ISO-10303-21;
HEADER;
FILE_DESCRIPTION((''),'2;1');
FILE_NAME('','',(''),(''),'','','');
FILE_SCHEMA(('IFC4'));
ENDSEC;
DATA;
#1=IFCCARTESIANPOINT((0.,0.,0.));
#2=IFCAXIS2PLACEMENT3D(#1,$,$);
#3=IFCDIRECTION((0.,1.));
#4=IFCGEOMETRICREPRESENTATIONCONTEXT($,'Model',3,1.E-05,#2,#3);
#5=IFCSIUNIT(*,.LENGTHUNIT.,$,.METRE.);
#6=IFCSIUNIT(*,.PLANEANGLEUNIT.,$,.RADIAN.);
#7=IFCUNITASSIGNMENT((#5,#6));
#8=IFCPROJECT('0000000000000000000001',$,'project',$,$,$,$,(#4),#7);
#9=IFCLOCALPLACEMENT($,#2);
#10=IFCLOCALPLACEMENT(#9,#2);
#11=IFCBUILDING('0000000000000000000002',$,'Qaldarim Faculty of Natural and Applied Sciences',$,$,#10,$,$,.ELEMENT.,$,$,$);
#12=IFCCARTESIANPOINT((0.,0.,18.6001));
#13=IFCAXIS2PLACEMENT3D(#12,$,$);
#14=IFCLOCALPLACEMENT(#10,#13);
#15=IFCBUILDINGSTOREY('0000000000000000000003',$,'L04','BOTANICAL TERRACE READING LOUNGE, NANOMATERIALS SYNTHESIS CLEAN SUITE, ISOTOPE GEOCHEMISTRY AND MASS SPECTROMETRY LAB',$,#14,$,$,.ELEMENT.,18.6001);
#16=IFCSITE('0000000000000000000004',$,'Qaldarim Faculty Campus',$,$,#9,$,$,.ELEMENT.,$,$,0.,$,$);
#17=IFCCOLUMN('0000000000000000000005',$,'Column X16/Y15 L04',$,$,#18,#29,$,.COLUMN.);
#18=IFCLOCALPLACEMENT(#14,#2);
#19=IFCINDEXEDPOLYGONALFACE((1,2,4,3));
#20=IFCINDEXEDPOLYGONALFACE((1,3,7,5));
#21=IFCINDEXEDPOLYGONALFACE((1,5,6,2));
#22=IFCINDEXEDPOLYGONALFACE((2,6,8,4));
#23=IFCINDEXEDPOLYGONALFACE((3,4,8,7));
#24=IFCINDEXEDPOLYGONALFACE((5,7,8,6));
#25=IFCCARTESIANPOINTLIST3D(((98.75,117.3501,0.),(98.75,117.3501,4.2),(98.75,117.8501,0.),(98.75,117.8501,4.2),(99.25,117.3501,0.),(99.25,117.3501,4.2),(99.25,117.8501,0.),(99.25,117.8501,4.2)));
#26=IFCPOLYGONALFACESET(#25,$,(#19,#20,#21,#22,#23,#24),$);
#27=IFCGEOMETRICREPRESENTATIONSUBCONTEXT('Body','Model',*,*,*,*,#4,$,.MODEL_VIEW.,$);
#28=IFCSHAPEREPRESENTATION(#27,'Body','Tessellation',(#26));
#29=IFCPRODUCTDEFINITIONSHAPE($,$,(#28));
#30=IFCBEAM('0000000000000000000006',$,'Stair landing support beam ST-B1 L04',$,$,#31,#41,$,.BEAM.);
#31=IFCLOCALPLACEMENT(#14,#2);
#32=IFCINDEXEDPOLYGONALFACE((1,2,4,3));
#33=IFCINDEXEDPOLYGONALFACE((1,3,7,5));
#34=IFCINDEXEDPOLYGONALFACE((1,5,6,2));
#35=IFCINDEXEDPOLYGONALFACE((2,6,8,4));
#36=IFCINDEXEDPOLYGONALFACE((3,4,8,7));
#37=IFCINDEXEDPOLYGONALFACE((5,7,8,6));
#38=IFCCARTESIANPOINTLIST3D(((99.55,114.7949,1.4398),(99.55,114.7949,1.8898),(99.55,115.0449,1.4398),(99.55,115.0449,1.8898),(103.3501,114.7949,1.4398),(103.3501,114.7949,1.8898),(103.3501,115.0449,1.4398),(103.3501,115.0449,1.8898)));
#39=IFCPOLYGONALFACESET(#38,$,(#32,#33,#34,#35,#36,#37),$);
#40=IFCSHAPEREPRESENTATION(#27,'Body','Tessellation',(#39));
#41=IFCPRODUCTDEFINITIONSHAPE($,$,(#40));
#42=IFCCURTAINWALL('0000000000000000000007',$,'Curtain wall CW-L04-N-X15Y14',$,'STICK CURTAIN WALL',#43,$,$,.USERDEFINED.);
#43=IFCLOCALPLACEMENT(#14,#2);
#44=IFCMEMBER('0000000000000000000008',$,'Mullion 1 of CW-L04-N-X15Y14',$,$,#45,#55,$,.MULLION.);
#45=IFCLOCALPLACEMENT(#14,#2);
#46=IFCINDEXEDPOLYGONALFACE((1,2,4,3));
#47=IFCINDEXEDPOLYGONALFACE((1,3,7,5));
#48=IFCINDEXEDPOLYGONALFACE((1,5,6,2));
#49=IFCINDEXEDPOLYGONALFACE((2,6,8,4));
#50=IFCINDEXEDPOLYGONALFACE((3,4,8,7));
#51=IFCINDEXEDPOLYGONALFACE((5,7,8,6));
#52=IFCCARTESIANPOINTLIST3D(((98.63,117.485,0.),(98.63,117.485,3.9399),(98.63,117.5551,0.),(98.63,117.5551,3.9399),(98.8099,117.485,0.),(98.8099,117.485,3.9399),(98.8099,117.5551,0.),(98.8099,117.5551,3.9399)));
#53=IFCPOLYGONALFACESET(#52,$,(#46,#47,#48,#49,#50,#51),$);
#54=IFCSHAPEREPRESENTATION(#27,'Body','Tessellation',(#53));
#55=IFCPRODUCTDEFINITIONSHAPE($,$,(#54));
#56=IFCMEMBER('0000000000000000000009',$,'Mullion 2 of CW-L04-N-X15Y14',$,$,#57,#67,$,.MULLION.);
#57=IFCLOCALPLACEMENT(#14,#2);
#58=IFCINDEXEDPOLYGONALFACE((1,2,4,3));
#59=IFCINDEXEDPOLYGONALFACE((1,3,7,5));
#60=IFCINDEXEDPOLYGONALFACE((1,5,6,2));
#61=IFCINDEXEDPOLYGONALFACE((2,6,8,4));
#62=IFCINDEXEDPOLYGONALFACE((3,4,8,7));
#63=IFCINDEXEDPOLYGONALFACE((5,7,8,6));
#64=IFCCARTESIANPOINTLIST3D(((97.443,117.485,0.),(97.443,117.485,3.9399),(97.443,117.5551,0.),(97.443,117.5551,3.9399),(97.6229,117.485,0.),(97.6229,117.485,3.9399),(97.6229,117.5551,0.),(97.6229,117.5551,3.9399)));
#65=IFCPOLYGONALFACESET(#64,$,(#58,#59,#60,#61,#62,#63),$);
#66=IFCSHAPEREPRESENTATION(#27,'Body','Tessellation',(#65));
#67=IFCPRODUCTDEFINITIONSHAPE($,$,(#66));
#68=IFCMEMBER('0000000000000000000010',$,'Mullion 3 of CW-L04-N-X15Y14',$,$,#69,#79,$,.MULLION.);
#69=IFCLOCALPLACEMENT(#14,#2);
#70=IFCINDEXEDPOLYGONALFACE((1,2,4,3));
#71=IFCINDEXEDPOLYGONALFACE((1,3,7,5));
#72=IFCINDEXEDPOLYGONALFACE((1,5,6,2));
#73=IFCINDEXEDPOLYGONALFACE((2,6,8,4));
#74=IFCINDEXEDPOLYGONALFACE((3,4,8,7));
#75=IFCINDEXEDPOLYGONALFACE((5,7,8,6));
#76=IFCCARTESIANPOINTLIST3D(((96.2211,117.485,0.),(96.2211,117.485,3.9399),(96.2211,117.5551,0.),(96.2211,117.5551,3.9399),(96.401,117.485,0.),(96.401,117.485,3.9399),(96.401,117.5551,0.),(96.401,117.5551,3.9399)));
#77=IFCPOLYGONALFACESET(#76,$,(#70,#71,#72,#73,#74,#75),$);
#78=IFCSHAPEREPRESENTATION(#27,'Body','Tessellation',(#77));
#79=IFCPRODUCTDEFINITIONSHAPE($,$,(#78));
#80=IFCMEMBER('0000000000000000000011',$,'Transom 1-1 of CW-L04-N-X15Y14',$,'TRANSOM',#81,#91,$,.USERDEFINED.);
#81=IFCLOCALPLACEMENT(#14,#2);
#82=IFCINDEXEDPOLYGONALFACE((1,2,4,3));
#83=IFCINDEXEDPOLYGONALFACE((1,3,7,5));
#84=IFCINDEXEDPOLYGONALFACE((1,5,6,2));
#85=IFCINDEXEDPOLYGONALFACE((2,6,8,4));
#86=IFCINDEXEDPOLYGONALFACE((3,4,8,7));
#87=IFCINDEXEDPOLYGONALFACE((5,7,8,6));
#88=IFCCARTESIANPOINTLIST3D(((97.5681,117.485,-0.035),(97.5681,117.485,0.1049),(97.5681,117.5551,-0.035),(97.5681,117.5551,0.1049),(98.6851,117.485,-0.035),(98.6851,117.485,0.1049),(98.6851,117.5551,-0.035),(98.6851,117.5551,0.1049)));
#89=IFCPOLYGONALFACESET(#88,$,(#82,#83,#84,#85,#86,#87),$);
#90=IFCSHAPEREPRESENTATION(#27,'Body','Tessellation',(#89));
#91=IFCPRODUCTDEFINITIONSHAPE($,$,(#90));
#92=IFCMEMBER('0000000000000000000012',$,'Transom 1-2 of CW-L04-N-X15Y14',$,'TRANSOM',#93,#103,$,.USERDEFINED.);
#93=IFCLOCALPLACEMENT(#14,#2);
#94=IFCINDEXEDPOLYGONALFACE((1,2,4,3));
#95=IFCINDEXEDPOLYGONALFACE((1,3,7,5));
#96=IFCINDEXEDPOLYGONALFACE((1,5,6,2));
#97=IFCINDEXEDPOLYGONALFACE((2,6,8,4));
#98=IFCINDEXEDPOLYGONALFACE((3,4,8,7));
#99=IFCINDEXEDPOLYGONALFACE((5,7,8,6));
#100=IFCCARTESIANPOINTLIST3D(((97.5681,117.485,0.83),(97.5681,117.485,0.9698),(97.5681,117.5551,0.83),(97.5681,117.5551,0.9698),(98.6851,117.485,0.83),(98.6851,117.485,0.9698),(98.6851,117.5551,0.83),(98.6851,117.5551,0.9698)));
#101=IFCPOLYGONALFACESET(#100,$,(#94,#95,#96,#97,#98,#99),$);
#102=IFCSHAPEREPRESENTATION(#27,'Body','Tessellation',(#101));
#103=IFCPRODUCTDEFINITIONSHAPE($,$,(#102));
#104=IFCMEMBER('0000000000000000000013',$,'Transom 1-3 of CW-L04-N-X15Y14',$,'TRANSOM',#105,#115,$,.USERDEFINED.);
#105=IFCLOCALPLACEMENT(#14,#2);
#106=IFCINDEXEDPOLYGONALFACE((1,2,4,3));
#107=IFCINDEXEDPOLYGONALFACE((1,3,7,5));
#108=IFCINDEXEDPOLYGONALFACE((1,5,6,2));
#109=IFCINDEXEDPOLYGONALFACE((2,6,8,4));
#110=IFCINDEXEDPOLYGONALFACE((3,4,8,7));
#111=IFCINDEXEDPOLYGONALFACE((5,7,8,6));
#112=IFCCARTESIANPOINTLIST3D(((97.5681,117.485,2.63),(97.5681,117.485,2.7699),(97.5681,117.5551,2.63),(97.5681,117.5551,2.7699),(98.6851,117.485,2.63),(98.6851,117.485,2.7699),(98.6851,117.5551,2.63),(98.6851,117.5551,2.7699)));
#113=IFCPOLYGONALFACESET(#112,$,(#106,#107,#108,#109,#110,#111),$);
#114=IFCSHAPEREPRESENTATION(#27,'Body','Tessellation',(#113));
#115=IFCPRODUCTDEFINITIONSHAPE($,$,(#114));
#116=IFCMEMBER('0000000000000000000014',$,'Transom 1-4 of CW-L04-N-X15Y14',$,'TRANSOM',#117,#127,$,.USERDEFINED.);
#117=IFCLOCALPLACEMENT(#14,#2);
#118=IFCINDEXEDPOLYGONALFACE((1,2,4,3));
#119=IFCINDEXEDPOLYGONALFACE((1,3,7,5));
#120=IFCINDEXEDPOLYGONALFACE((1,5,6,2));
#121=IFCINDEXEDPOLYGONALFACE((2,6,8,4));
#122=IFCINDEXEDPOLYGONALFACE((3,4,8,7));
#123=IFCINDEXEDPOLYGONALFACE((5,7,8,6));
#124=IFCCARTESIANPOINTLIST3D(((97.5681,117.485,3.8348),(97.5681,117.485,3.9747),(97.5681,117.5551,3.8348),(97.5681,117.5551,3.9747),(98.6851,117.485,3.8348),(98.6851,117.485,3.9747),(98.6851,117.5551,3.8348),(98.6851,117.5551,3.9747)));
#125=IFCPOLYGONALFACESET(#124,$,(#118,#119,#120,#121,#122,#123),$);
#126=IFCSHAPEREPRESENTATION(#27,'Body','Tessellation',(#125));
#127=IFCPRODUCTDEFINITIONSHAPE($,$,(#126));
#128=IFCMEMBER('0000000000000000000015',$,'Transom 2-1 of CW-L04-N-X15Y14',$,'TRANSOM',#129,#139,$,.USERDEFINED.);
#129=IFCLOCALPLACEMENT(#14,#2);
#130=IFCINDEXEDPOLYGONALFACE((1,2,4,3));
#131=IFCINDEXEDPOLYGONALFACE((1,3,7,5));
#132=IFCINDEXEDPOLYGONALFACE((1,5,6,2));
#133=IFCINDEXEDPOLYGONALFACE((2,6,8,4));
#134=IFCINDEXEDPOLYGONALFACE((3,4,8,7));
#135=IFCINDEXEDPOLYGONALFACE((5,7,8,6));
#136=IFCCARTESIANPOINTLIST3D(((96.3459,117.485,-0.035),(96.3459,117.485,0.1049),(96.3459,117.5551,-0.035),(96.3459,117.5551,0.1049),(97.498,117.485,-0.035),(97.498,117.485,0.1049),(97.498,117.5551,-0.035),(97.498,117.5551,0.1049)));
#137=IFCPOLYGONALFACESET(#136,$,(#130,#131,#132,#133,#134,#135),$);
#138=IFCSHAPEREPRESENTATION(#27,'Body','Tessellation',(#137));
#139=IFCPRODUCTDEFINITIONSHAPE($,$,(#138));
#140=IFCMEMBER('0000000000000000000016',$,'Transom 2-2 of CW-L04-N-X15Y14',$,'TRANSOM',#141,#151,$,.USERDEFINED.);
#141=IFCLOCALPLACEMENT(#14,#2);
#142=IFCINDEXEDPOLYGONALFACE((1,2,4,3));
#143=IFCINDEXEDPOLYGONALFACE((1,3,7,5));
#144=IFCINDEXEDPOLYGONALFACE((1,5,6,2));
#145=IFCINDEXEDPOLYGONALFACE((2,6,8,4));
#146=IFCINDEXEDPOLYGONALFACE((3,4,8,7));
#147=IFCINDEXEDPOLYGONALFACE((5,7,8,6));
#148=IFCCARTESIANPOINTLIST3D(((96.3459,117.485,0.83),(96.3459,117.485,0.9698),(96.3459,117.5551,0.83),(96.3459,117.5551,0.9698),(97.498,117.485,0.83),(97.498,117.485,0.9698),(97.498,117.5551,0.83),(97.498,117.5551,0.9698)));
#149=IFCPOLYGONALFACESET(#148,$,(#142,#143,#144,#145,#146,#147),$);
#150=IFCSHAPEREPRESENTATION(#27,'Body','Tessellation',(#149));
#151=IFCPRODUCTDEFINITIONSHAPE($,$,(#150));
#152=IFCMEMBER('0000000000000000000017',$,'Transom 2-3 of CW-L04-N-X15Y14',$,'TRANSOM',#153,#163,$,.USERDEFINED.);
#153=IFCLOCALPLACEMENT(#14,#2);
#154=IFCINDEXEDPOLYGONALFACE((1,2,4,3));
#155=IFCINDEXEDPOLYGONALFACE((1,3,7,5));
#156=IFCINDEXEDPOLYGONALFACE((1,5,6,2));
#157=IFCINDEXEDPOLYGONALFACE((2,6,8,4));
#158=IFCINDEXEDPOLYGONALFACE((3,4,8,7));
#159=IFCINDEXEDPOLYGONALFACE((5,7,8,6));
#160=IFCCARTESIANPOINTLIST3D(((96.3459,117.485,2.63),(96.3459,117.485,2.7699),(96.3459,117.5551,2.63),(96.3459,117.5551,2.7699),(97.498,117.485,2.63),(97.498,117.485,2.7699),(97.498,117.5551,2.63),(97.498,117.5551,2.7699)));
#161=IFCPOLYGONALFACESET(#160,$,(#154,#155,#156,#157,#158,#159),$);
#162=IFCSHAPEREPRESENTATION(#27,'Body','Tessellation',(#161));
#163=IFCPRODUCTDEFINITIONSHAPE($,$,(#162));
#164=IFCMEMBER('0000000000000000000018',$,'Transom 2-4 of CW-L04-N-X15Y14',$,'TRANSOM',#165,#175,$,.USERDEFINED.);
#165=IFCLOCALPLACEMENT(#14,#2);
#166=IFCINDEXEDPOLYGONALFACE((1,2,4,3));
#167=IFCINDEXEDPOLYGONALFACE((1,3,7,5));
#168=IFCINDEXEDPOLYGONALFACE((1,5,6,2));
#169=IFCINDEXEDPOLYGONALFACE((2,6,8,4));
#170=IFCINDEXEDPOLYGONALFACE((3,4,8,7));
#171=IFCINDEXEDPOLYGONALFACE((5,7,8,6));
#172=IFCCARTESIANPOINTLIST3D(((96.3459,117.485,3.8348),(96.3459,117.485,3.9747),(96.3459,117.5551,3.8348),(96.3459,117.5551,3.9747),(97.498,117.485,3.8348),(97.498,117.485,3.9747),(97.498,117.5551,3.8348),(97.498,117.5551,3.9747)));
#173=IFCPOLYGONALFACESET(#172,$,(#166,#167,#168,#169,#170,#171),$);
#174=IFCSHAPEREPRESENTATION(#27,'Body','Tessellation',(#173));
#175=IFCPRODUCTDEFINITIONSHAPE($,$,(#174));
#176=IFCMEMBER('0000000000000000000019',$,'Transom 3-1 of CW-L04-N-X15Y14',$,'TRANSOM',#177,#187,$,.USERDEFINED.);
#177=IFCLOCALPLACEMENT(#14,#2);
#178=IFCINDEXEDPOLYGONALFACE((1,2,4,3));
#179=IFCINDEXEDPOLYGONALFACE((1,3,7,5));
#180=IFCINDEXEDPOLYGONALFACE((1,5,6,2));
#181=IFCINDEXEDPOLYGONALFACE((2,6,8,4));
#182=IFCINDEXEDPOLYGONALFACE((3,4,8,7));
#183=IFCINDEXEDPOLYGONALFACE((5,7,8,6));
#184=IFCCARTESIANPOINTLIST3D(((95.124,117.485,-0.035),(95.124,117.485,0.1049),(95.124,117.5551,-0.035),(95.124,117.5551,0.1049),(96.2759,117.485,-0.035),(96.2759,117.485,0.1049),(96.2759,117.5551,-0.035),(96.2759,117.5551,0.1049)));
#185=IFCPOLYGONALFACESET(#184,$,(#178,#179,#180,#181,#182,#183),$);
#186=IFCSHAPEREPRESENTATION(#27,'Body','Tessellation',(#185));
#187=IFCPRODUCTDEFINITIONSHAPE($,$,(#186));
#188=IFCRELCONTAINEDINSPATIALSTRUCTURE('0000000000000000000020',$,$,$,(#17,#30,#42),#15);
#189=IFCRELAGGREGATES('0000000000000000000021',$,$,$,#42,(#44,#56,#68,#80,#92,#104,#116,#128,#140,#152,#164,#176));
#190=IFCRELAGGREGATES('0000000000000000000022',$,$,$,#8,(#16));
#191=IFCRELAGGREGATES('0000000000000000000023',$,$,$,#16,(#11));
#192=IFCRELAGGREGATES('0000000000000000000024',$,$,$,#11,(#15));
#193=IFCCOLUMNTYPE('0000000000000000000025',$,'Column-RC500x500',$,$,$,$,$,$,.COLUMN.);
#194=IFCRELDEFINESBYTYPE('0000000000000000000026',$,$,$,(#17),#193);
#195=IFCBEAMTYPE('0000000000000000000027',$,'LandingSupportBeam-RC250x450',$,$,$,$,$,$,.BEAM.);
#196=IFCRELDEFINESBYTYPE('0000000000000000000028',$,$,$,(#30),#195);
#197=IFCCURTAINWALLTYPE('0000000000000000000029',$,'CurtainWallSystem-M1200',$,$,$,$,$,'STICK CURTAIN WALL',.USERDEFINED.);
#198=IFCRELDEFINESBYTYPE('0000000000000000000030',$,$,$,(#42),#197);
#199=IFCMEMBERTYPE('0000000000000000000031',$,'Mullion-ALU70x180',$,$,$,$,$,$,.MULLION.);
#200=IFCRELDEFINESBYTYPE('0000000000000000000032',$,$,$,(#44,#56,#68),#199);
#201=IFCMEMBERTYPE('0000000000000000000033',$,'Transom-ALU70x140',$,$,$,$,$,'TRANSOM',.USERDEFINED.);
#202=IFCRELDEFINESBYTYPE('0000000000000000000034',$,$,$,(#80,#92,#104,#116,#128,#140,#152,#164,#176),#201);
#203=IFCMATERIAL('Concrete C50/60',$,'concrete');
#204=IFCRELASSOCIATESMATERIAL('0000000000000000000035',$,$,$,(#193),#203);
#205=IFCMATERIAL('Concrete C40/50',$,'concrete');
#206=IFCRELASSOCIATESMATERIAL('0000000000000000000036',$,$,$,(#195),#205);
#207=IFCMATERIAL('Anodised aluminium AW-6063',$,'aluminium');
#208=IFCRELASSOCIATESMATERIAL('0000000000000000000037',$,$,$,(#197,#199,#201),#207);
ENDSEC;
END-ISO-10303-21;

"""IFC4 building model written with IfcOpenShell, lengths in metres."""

from ifc_helpers import new_model, si_unit, direction, frame, origin, origin_2d, place, context, subcontext, project, spatial, rectangle, extrude, material, material_profile, profile_set, type_object, element, aggregate, save


model = new_model("IFC4")

# Units and contexts
model_context = context("Model", 3, precision=1e-05, world=origin(), true_north=direction((0.0, 1.0)))
body_context = subcontext(model_context, "Body", "Model", "MODEL_VIEW")
ifc_project = project(units=[si_unit("LENGTHUNIT", "METRE"), si_unit("PLANEANGLEUNIT", "RADIAN")], contexts=[model_context])

# Site, building, storey
site_placement = place(None, origin())
site = spatial("IfcSite", under=ifc_project, at=site_placement, Name="Qaldarim Faculty Campus", CompositionType="ELEMENT", RefElevation=0.0)
building_placement = place(site_placement, origin())
building = spatial("IfcBuilding", under=site, at=building_placement, Name="Qaldarim Faculty of Natural and Applied Sciences", CompositionType="ELEMENT")
storey_placement = place(building_placement, frame((0.0, 0.0, 18.6001)))
storey = spatial("IfcBuildingStorey", under=building, at=storey_placement, Name="L04", Description="BOTANICAL TERRACE READING LOUNGE, NANOMATERIALS SYNTHESIS CLEAN SUITE, ISOTOPE GEOCHEMISTRY AND MASS SPECTROMETRY LAB", CompositionType="ELEMENT", Elevation=18.6001)

# Column
ifc_material_1 = material(Name="Concrete C50/60", Category="concrete")
ifc_material_profile_1 = material_profile(ifc_material_1, rectangle(XDim=0.5, YDim=0.5, at=origin_2d()), Name="RC-C500x500")
ifc_profile_set_1 = profile_set([ifc_material_profile_1], Name="Concrete C50/60")
column_type = type_object("IfcColumnType", Name="Column-RC500x500", PredefinedType="COLUMN", material=ifc_profile_set_1)
column_placement = place(storey_placement, frame((99.0, 117.6001, 0.0), z_axis=(0.0, 0.0, 1.0), x_axis=(1.0, 0.0, 0.0)))
element("IfcColumn", 1, at=column_placement, inside=storey, type_object=column_type, Name="Column X16/Y15 L04", PredefinedType="COLUMN", context=body_context, shape_type="SweptSolid", body=[
    extrude(rectangle(XDim=0.5, YDim=0.5, at=origin_2d()), origin(), (0.0, 0.0, 1.0), 4.2),
])

# Beam
ifc_material_2 = material(Name="Concrete C40/50", Category="concrete")
ifc_material_profile_2 = material_profile(ifc_material_2, rectangle(XDim=0.25, YDim=0.45, at=origin_2d()), Name="RC-LN250x450")
ifc_profile_set_2 = profile_set([ifc_material_profile_2], Name="Concrete C40/50")
beam_type = type_object("IfcBeamType", Name="LandingSupportBeam-RC250x450", PredefinedType="BEAM", material=ifc_profile_set_2)
beam_placement = place(storey_placement, frame((99.55, 114.9199, 1.6648), z_axis=(1.0, 0.0, 0.0), x_axis=(0.0, 1.0, 0.0)))
element("IfcBeam", 2, at=beam_placement, inside=storey, type_object=beam_type, Name="Stair landing support beam ST-B1 L04", PredefinedType="BEAM", context=body_context, shape_type="SweptSolid", body=[
    extrude(rectangle(XDim=0.25, YDim=0.45, at=origin_2d()), origin(), (0.0, 0.0, 1.0), 3.8),
])

# Curtain wall, members
ifc_material_3 = material(Name="Anodised aluminium AW-6063", Category="aluminium")
curtain_wall_type = type_object("IfcCurtainWallType", Name="CurtainWallSystem-M1200", ElementType="STICK CURTAIN WALL", PredefinedType="USERDEFINED", material=ifc_material_3)
curtain_wall_placement = place(storey_placement, origin())
curtain_wall = element("IfcCurtainWall", 3, at=curtain_wall_placement, inside=storey, type_object=curtain_wall_type, Name="Curtain wall CW-L04-N-X15Y14", ObjectType="STICK CURTAIN WALL", PredefinedType="USERDEFINED")
ifc_material_profile_3 = material_profile(ifc_material_3, rectangle(XDim=0.0701, YDim=0.1799, at=origin_2d()), Name="ALU-M70x180")
ifc_profile_set_3 = profile_set([ifc_material_profile_3], Name="Anodised aluminium AW-6063")
member_type_1 = type_object("IfcMemberType", Name="Mullion-ALU70x180", PredefinedType="MULLION", material=ifc_profile_set_3)
member_1_placement = place(storey_placement, frame((98.72, 117.52, 0.0), z_axis=(0.0, 0.0, 1.0), x_axis=(0.0, -1.0, 0.0)))
member_1 = element("IfcMember", 4, at=member_1_placement, type_object=member_type_1, Name="Mullion 1 of CW-L04-N-X15Y14", PredefinedType="MULLION", context=body_context, shape_type="SweptSolid", body=[
    extrude(rectangle(XDim=0.0701, YDim=0.1799, at=origin_2d()), origin(), (0.0, 0.0, 1.0), 3.9399),
])
member_2_placement = place(storey_placement, frame((97.533, 117.52, 0.0), z_axis=(0.0, 0.0, 1.0), x_axis=(0.0, -1.0, 0.0)))
member_2 = element("IfcMember", 5, at=member_2_placement, type_object=member_type_1, Name="Mullion 2 of CW-L04-N-X15Y14", PredefinedType="MULLION", context=body_context, shape_type="SweptSolid", body=[
    extrude(rectangle(XDim=0.0701, YDim=0.1799, at=origin_2d()), origin(), (0.0, 0.0, 1.0), 3.9399),
])
member_3_placement = place(storey_placement, frame((96.311, 117.52, 0.0), z_axis=(0.0, 0.0, 1.0), x_axis=(0.0, -1.0, 0.0)))
member_3 = element("IfcMember", 6, at=member_3_placement, type_object=member_type_1, Name="Mullion 3 of CW-L04-N-X15Y14", PredefinedType="MULLION", context=body_context, shape_type="SweptSolid", body=[
    extrude(rectangle(XDim=0.0701, YDim=0.1799, at=origin_2d()), origin(), (0.0, 0.0, 1.0), 3.9399),
])
ifc_material_profile_4 = material_profile(ifc_material_3, rectangle(XDim=0.0701, YDim=0.1399, at=origin_2d()), Name="ALU-T70x140")
ifc_profile_set_4 = profile_set([ifc_material_profile_4], Name="Anodised aluminium AW-6063")
member_type_2 = type_object("IfcMemberType", Name="Transom-ALU70x140", ElementType="TRANSOM", PredefinedType="USERDEFINED", material=ifc_profile_set_4)
member_4_placement = place(storey_placement, frame((98.6851, 117.52, 0.0349), z_axis=(-1.0, 0.0, 0.0), x_axis=(0.0, -1.0, 0.0)))
member_4 = element("IfcMember", 7, at=member_4_placement, type_object=member_type_2, Name="Transom 1-1 of CW-L04-N-X15Y14", ObjectType="TRANSOM", PredefinedType="USERDEFINED", context=body_context, shape_type="SweptSolid", body=[
    extrude(rectangle(XDim=0.0701, YDim=0.1399, at=origin_2d()), origin(), (0.0, 0.0, 1.0), 1.1169),
])
member_5_placement = place(storey_placement, frame((98.6851, 117.52, 0.8999), z_axis=(-1.0, 0.0, 0.0), x_axis=(0.0, -1.0, 0.0)))
member_5 = element("IfcMember", 8, at=member_5_placement, type_object=member_type_2, Name="Transom 1-2 of CW-L04-N-X15Y14", ObjectType="TRANSOM", PredefinedType="USERDEFINED", context=body_context, shape_type="SweptSolid", body=[
    extrude(rectangle(XDim=0.0701, YDim=0.1399, at=origin_2d()), origin(), (0.0, 0.0, 1.0), 1.1169),
])
member_6_placement = place(storey_placement, frame((98.6851, 117.52, 2.7), z_axis=(-1.0, 0.0, 0.0), x_axis=(0.0, -1.0, 0.0)))
member_6 = element("IfcMember", 9, at=member_6_placement, type_object=member_type_2, Name="Transom 1-3 of CW-L04-N-X15Y14", ObjectType="TRANSOM", PredefinedType="USERDEFINED", context=body_context, shape_type="SweptSolid", body=[
    extrude(rectangle(XDim=0.0701, YDim=0.1399, at=origin_2d()), origin(), (0.0, 0.0, 1.0), 1.1169),
])
member_7_placement = place(storey_placement, frame((98.6851, 117.52, 3.9048), z_axis=(-1.0, 0.0, 0.0), x_axis=(0.0, -1.0, 0.0)))
member_7 = element("IfcMember", 10, at=member_7_placement, type_object=member_type_2, Name="Transom 1-4 of CW-L04-N-X15Y14", ObjectType="TRANSOM", PredefinedType="USERDEFINED", context=body_context, shape_type="SweptSolid", body=[
    extrude(rectangle(XDim=0.0701, YDim=0.1399, at=origin_2d()), origin(), (0.0, 0.0, 1.0), 1.1169),
])
member_8_placement = place(storey_placement, frame((97.498, 117.52, 0.0349), z_axis=(-1.0, 0.0, 0.0), x_axis=(0.0, -1.0, 0.0)))
member_8 = element("IfcMember", 11, at=member_8_placement, type_object=member_type_2, Name="Transom 2-1 of CW-L04-N-X15Y14", ObjectType="TRANSOM", PredefinedType="USERDEFINED", context=body_context, shape_type="SweptSolid", body=[
    extrude(rectangle(XDim=0.0701, YDim=0.1399, at=origin_2d()), origin(), (0.0, 0.0, 1.0), 1.1521),
])
member_9_placement = place(storey_placement, frame((97.498, 117.52, 0.8999), z_axis=(-1.0, 0.0, 0.0), x_axis=(0.0, -1.0, 0.0)))
member_9 = element("IfcMember", 12, at=member_9_placement, type_object=member_type_2, Name="Transom 2-2 of CW-L04-N-X15Y14", ObjectType="TRANSOM", PredefinedType="USERDEFINED", context=body_context, shape_type="SweptSolid", body=[
    extrude(rectangle(XDim=0.0701, YDim=0.1399, at=origin_2d()), origin(), (0.0, 0.0, 1.0), 1.1521),
])
member_10_placement = place(storey_placement, frame((97.498, 117.52, 2.7), z_axis=(-1.0, 0.0, 0.0), x_axis=(0.0, -1.0, 0.0)))
member_10 = element("IfcMember", 13, at=member_10_placement, type_object=member_type_2, Name="Transom 2-3 of CW-L04-N-X15Y14", ObjectType="TRANSOM", PredefinedType="USERDEFINED", context=body_context, shape_type="SweptSolid", body=[
    extrude(rectangle(XDim=0.0701, YDim=0.1399, at=origin_2d()), origin(), (0.0, 0.0, 1.0), 1.1521),
])
member_11_placement = place(storey_placement, frame((97.498, 117.52, 3.9048), z_axis=(-1.0, 0.0, 0.0), x_axis=(0.0, -1.0, 0.0)))
member_11 = element("IfcMember", 14, at=member_11_placement, type_object=member_type_2, Name="Transom 2-4 of CW-L04-N-X15Y14", ObjectType="TRANSOM", PredefinedType="USERDEFINED", context=body_context, shape_type="SweptSolid", body=[
    extrude(rectangle(XDim=0.0701, YDim=0.1399, at=origin_2d()), origin(), (0.0, 0.0, 1.0), 1.1521),
])
member_12_placement = place(storey_placement, frame((96.2759, 117.52, 0.0349), z_axis=(-1.0, 0.0, 0.0), x_axis=(0.0, -1.0, 0.0)))
member_12 = element("IfcMember", 15, at=member_12_placement, type_object=member_type_2, Name="Transom 3-1 of CW-L04-N-X15Y14", ObjectType="TRANSOM", PredefinedType="USERDEFINED", context=body_context, shape_type="SweptSolid", body=[
    extrude(rectangle(XDim=0.0701, YDim=0.1399, at=origin_2d()), origin(), (0.0, 0.0, 1.0), 1.1519),
])
aggregate(curtain_wall, [member_1, member_2, member_3, member_4, member_5, member_6, member_7, member_8, member_9, member_10, member_11, member_12])

save(model, "model.ifc")
